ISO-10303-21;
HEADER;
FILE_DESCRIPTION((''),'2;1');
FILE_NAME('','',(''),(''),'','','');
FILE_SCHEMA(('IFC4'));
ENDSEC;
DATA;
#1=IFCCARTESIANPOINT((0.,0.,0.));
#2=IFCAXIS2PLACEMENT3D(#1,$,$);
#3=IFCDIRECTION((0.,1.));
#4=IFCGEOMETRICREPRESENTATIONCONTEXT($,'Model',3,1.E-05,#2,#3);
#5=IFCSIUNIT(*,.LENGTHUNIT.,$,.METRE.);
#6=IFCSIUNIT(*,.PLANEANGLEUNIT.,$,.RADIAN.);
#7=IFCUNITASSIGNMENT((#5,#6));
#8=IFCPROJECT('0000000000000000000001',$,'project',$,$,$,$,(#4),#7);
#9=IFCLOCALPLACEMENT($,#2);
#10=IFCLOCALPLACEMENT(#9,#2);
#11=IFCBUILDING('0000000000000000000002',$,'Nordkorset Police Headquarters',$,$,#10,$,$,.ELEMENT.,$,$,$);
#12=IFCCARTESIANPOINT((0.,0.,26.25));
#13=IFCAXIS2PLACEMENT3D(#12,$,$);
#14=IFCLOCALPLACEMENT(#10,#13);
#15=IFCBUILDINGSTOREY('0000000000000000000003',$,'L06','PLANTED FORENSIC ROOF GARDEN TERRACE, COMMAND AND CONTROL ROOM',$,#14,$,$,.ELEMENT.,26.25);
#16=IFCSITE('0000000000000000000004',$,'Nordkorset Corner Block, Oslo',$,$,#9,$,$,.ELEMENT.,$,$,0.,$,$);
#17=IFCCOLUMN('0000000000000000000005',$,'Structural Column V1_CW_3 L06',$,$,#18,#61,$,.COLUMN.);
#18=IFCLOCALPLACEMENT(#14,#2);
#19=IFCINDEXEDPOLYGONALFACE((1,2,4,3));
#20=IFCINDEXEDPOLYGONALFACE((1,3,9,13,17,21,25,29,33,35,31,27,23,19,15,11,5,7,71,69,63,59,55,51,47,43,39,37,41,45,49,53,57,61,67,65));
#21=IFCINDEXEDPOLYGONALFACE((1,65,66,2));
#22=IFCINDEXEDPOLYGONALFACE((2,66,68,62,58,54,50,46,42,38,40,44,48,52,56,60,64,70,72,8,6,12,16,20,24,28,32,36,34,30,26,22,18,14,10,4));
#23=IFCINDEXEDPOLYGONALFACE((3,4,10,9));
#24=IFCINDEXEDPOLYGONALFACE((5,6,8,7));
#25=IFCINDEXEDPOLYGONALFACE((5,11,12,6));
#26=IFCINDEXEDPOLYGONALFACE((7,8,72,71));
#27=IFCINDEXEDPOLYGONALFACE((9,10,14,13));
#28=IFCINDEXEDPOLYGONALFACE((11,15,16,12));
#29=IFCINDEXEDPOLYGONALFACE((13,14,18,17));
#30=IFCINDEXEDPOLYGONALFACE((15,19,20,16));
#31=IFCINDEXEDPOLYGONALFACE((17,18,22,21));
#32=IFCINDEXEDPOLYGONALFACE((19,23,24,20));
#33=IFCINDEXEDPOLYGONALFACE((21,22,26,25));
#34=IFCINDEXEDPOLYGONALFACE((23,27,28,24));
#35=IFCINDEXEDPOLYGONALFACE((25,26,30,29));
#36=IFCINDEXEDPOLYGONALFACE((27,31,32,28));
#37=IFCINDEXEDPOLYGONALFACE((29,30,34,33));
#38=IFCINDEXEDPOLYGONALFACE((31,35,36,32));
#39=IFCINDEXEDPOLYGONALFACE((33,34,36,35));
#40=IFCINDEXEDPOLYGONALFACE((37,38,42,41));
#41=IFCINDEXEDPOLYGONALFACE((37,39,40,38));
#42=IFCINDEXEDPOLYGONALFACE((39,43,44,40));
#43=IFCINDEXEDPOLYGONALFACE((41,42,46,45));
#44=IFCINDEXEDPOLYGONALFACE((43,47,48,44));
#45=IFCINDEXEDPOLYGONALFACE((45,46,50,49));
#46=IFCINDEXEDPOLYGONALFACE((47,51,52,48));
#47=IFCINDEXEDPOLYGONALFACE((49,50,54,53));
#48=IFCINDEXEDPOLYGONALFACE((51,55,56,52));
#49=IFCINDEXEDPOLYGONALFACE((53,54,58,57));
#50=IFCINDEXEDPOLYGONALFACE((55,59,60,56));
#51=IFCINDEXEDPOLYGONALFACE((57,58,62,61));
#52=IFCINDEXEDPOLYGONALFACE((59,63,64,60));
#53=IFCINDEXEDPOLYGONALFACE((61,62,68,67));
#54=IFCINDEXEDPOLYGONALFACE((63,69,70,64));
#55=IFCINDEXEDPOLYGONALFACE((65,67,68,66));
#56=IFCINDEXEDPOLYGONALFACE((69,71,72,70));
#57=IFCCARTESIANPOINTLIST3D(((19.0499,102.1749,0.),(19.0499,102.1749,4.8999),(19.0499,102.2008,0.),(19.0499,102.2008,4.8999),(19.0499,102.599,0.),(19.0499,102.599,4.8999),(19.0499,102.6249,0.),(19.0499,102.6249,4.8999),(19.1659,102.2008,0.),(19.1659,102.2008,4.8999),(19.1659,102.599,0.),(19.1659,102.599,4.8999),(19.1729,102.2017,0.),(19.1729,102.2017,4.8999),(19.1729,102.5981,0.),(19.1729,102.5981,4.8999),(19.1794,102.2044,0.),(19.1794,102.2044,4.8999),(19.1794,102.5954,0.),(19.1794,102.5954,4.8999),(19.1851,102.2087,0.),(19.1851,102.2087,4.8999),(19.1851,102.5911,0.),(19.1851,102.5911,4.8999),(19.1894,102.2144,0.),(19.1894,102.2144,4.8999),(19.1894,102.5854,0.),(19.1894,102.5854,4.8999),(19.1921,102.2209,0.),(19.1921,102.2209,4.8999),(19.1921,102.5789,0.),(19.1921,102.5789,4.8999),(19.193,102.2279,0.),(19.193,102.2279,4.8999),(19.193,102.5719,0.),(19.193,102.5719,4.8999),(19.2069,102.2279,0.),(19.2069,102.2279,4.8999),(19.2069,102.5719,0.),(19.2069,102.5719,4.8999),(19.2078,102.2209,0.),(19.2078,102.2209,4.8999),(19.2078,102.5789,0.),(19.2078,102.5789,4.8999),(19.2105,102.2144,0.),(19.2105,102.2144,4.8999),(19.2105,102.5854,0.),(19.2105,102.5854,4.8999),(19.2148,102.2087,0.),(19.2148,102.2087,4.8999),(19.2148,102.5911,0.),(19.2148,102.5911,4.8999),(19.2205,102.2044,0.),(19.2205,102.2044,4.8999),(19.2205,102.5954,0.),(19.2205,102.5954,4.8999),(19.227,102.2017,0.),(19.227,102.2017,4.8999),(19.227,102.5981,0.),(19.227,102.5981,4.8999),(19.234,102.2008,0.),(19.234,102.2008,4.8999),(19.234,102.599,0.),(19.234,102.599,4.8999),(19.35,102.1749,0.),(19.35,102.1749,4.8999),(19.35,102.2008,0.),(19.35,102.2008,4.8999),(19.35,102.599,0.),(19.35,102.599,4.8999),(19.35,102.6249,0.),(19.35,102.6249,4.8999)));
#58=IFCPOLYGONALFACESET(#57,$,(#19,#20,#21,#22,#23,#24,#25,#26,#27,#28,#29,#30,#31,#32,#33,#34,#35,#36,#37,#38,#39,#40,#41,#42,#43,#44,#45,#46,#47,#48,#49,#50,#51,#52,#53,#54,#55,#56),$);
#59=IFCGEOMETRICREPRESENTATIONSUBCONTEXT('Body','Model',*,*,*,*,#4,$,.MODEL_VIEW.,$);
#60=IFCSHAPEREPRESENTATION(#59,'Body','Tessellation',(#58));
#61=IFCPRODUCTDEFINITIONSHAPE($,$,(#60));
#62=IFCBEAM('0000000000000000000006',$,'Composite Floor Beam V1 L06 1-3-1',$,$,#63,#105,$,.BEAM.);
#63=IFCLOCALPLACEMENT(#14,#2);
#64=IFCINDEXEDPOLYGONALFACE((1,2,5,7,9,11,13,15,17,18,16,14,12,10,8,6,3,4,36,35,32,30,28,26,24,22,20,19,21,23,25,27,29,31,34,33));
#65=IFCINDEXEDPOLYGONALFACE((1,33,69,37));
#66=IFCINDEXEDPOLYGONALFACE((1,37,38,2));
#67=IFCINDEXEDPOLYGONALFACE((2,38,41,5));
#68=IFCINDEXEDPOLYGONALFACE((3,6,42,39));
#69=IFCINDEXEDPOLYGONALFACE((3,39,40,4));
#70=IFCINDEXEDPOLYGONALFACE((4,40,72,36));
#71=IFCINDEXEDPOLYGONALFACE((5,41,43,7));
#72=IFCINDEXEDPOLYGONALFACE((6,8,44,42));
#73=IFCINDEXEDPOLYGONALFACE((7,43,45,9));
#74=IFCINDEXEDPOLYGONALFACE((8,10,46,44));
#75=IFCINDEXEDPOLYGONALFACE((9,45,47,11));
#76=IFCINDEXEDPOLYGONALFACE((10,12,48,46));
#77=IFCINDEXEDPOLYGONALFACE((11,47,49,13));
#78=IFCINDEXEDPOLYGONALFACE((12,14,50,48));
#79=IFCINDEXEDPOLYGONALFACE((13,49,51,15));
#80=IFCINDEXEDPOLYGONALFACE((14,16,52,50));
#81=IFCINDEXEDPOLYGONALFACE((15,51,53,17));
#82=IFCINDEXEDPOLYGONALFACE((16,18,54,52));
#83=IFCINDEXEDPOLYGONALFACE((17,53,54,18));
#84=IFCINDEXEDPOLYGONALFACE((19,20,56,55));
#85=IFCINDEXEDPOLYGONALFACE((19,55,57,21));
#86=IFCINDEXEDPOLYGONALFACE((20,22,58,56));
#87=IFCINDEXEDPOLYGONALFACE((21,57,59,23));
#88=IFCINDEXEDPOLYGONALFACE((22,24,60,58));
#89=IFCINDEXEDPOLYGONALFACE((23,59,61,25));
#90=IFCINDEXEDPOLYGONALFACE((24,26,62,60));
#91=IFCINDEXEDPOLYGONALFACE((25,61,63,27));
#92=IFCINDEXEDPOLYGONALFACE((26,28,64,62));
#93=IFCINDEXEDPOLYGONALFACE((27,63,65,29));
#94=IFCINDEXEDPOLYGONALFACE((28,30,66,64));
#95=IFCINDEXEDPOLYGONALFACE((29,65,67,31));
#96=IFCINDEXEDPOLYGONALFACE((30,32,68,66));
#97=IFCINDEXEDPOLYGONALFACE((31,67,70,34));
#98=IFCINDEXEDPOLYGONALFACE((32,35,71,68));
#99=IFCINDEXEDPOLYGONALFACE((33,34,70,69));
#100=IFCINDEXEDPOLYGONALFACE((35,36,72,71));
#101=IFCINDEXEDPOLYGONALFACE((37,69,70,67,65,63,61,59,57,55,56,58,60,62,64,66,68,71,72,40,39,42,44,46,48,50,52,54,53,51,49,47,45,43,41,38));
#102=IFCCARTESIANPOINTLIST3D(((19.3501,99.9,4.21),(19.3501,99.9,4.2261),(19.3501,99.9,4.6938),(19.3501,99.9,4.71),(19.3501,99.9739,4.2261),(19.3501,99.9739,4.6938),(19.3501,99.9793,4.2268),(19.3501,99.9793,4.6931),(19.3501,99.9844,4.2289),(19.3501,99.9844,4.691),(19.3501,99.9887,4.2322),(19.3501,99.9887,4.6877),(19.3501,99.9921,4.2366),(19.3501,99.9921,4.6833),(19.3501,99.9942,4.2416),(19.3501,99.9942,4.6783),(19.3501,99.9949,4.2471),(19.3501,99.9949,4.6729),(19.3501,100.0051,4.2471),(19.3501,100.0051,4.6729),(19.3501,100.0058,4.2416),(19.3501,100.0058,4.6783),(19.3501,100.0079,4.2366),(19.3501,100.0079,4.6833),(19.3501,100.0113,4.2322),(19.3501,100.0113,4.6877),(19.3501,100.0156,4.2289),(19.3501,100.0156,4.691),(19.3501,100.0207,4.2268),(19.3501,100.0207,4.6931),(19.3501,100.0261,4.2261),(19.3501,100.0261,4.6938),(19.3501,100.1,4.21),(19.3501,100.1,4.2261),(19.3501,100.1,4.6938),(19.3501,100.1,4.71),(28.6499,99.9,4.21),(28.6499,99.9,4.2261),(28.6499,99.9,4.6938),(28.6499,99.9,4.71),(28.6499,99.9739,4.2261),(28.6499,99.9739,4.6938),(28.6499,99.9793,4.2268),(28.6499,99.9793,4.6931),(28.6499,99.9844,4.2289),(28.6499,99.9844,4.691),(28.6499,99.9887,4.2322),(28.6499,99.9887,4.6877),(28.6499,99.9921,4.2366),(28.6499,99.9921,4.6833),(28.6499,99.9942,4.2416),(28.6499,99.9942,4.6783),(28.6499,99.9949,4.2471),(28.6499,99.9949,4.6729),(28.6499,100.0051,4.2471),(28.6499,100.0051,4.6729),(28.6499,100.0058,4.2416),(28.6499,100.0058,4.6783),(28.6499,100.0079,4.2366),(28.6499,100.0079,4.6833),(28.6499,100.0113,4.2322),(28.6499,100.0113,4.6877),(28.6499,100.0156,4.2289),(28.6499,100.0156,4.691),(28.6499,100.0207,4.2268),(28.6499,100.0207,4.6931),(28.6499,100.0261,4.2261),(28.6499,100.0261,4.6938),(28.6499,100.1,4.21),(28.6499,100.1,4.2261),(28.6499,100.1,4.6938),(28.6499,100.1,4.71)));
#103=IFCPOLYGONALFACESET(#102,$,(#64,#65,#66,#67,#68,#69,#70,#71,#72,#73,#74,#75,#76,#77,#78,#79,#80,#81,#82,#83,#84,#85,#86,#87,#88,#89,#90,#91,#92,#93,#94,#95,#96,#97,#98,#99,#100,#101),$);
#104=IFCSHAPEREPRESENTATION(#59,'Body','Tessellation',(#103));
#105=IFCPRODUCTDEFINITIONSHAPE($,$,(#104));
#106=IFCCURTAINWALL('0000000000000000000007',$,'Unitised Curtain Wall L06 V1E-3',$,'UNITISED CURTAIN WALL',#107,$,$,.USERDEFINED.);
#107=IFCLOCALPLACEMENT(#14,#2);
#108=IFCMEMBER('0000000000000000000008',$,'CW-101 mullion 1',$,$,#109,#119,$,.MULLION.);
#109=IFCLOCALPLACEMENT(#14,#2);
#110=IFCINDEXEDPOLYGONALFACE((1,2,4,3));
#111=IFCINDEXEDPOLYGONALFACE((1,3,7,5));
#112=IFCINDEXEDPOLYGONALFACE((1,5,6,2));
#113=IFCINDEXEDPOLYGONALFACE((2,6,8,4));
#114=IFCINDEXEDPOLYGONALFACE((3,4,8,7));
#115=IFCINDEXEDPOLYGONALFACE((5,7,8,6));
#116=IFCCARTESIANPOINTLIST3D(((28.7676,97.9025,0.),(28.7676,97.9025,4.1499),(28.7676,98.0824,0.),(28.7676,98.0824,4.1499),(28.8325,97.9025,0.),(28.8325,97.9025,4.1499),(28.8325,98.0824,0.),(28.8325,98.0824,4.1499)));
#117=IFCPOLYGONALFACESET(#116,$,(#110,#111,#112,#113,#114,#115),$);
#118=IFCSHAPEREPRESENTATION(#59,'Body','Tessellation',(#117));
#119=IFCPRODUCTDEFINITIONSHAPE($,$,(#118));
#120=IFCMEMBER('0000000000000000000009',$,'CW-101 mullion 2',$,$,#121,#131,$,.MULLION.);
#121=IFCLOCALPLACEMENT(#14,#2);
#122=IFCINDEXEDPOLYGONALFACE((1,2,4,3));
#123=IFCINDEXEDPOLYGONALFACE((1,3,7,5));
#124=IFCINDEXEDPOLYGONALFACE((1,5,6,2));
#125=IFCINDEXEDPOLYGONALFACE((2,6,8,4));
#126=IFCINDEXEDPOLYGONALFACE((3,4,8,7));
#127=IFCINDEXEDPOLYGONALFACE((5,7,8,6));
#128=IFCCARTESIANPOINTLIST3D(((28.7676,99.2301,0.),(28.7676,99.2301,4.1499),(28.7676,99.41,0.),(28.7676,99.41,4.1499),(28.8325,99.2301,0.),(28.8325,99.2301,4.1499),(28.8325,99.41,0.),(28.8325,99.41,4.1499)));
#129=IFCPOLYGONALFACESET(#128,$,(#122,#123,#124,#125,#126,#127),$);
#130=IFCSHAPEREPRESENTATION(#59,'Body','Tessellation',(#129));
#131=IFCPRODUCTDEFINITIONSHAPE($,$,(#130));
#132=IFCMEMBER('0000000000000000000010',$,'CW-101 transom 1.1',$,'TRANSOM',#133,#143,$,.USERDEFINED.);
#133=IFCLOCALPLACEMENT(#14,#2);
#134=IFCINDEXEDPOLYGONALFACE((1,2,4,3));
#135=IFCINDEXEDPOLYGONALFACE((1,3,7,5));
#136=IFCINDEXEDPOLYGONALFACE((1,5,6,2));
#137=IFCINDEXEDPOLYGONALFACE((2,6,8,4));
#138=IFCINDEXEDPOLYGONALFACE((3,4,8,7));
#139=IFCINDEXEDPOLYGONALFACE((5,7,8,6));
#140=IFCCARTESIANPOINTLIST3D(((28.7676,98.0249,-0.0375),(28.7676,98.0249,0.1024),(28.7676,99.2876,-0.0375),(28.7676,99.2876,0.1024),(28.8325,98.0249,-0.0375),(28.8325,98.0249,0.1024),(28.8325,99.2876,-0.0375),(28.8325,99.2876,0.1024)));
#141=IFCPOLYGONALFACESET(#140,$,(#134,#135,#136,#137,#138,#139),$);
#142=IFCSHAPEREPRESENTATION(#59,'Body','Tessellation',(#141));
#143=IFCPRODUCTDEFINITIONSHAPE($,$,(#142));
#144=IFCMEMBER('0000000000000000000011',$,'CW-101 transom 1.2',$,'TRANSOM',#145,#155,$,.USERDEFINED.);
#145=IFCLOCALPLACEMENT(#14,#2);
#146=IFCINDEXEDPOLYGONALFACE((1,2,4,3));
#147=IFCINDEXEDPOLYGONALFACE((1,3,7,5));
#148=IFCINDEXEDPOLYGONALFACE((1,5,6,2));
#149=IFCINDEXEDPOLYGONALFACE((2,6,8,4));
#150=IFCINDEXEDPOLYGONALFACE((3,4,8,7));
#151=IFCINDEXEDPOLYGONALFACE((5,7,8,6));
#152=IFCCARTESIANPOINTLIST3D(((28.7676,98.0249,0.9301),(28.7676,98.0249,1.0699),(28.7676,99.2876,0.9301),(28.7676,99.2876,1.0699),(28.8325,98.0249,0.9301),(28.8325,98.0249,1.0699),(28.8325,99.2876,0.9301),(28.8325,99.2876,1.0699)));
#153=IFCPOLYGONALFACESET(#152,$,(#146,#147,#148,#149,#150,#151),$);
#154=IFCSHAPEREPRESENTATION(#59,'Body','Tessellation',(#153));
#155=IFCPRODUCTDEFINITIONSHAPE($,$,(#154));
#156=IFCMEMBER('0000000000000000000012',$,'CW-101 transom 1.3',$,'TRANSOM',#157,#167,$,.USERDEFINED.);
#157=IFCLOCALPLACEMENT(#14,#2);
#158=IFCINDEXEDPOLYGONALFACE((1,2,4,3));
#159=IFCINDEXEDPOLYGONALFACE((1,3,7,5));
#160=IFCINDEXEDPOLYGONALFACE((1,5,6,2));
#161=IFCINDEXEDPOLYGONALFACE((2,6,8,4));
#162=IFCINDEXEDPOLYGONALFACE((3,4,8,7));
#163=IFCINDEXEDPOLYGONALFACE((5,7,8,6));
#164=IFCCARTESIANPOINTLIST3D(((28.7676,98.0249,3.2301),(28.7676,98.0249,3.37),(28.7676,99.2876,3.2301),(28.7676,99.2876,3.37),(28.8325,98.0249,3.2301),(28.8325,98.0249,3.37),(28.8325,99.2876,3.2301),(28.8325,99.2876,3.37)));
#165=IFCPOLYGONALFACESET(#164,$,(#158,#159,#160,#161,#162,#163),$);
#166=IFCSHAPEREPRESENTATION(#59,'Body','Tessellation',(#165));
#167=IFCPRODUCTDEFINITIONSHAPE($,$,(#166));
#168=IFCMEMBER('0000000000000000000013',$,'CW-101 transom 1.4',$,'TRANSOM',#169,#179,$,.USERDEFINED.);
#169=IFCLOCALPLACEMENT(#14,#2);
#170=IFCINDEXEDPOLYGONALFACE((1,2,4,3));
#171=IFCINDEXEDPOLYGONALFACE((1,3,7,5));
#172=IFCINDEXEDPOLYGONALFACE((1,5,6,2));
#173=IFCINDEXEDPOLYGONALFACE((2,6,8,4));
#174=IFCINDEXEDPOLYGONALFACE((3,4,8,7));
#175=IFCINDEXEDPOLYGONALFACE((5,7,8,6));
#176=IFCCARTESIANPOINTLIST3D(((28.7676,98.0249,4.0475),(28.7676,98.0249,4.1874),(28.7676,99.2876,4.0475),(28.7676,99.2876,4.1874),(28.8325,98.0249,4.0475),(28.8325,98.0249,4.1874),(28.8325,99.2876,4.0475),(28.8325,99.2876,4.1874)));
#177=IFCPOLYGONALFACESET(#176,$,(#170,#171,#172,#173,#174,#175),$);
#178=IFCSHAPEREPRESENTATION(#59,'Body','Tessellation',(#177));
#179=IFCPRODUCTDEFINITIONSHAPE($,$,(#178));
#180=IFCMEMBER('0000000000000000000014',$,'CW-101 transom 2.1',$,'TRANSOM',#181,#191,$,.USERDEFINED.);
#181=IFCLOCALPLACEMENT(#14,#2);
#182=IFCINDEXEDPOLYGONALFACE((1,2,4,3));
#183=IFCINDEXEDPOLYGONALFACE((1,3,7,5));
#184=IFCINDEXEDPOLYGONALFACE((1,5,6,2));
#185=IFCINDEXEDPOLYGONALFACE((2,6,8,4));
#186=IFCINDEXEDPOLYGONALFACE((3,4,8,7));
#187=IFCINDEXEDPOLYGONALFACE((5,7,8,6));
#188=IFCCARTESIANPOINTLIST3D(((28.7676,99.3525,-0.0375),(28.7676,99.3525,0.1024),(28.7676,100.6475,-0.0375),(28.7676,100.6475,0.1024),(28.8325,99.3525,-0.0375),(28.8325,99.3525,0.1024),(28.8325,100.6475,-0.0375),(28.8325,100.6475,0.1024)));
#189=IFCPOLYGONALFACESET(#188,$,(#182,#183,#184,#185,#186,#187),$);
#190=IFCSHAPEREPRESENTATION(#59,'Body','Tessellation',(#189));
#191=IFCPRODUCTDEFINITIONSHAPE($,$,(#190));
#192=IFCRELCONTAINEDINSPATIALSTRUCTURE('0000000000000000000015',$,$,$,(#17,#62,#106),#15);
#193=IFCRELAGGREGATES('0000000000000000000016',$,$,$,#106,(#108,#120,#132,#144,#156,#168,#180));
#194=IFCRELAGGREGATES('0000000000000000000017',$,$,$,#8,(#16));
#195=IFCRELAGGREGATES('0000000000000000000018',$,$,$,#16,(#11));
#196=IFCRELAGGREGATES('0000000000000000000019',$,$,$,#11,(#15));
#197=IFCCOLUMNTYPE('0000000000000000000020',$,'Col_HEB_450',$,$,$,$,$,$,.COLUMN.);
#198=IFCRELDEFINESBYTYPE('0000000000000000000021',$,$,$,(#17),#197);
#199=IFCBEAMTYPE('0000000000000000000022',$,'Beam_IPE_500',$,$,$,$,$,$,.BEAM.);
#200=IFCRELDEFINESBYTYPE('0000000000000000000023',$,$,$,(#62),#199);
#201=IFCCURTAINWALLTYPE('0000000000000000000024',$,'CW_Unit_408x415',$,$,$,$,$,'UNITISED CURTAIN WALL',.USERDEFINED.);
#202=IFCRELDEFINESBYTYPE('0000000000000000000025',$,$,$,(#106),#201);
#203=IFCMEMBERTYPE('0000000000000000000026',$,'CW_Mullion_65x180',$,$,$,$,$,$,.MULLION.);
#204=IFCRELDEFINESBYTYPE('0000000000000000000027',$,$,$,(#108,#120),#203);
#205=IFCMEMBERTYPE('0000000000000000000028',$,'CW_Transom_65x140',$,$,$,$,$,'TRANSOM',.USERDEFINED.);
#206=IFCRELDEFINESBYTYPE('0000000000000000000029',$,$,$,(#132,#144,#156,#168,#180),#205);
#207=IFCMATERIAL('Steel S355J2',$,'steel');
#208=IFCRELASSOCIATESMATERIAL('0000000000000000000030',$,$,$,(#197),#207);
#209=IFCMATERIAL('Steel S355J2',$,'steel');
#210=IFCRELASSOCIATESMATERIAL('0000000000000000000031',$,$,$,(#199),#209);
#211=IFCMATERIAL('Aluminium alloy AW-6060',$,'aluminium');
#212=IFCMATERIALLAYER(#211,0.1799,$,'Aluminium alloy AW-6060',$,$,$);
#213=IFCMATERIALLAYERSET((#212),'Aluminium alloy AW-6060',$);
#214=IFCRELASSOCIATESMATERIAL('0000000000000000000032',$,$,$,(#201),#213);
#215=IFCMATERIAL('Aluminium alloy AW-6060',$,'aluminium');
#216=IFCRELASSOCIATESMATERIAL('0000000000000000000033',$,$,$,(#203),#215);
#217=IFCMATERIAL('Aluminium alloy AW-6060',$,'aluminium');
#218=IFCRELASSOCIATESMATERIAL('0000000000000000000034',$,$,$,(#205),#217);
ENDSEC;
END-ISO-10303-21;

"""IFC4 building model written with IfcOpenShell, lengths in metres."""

from ifc_helpers import new_model, si_unit, direction, frame, origin, origin_2d, place, context, subcontext, project, spatial, rectangle, i_section, extrude, material, layer, layer_set, material_profile, profile_set, type_object, element, aggregate, save


model = new_model("IFC4")

# Units and contexts
model_context = context("Model", 3, precision=1e-05, world=origin(), true_north=direction((0.0, 1.0)))
body_context = subcontext(model_context, "Body", "Model", "MODEL_VIEW")
ifc_project = project(units=[si_unit("LENGTHUNIT", "METRE"), si_unit("PLANEANGLEUNIT", "RADIAN")], contexts=[model_context])

# Site, building, storey
site_placement = place(None, origin())
site = spatial("IfcSite", under=ifc_project, at=site_placement, Name="Nordkorset Corner Block, Oslo", CompositionType="ELEMENT", RefElevation=0.0)
building_placement = place(site_placement, origin())
building = spatial("IfcBuilding", under=site, at=building_placement, Name="Nordkorset Police Headquarters", CompositionType="ELEMENT")
storey_placement = place(building_placement, frame((0.0, 0.0, 26.25)))
storey = spatial("IfcBuildingStorey", under=building, at=storey_placement, Name="L06", Description="PLANTED FORENSIC ROOF GARDEN TERRACE, COMMAND AND CONTROL ROOM", CompositionType="ELEMENT", Elevation=26.25)

# Column
ifc_material_1 = material(Name="Steel S355J2", Category="steel")
ifc_material_profile_1 = material_profile(ifc_material_1, i_section(OverallWidth=0.3, OverallDepth=0.45, WebThickness=0.0139, FlangeThickness=0.0259, FilletRadius=0.0271, at=origin_2d()), Name="HEB 450")
ifc_profile_set_1 = profile_set([ifc_material_profile_1], Name="Steel S355J2")
column_type = type_object("IfcColumnType", Name="Col_HEB_450", PredefinedType="COLUMN", material=ifc_profile_set_1)
column_placement = place(storey_placement, frame((19.2, 102.3999, 0.0), z_axis=(0.0, 0.0, 1.0), x_axis=(1.0, 0.0, 0.0)))
element("IfcColumn", 1, at=column_placement, inside=storey, type_object=column_type, Name="Structural Column V1_CW_3 L06", PredefinedType="COLUMN", context=body_context, shape_type="SweptSolid", body=[
    extrude(i_section(OverallWidth=0.3, OverallDepth=0.45, WebThickness=0.0139, FlangeThickness=0.0259, FilletRadius=0.0271, at=origin_2d()), origin(), (0.0, 0.0, 1.0), 4.8999),
])

# Beam
ifc_material_2 = material(Name="Steel S355J2", Category="steel")
ifc_material_profile_2 = material_profile(ifc_material_2, i_section(OverallWidth=0.2, OverallDepth=0.5, WebThickness=0.0103, FlangeThickness=0.0161, FilletRadius=0.021, at=origin_2d()), Name="IPE 500")
ifc_profile_set_2 = profile_set([ifc_material_profile_2], Name="Steel S355J2")
beam_type_1 = type_object("IfcBeamType", Name="Beam_IPE_500", PredefinedType="BEAM", material=ifc_profile_set_2)
beam_1_placement = place(storey_placement, frame((19.3501, 100.0, 4.46), z_axis=(1.0, 0.0, 0.0), x_axis=(0.0, 1.0, 0.0)))
element("IfcBeam", 2, at=beam_1_placement, inside=storey, type_object=beam_type_1, Name="Composite Floor Beam V1 L06 1-3-1", PredefinedType="BEAM", context=body_context, shape_type="SweptSolid", body=[
    extrude(i_section(OverallWidth=0.2, OverallDepth=0.5, WebThickness=0.0103, FlangeThickness=0.0161, FilletRadius=0.021, at=origin_2d()), origin(), (0.0, 0.0, 1.0), 9.2998),
])

# Curtain wall, members
ifc_material_3 = material(Name="Aluminium alloy AW-6060", Category="aluminium")
ifc_layer_1 = layer(ifc_material_3, 0.1799, Name="Aluminium alloy AW-6060")
ifc_layer_set_1 = layer_set([ifc_layer_1], Name="Aluminium alloy AW-6060")
curtain_wall_type = type_object("IfcCurtainWallType", Name="CW_Unit_408x415", ElementType="UNITISED CURTAIN WALL", PredefinedType="USERDEFINED", material=ifc_layer_set_1)
curtain_wall_placement = place(storey_placement, origin())
curtain_wall = element("IfcCurtainWall", 3, at=curtain_wall_placement, inside=storey, type_object=curtain_wall_type, Name="Unitised Curtain Wall L06 V1E-3", ObjectType="UNITISED CURTAIN WALL", PredefinedType="USERDEFINED")
ifc_material_4 = material(Name="Aluminium alloy AW-6060", Category="aluminium")
ifc_material_profile_3 = material_profile(ifc_material_4, rectangle(XDim=0.0649, YDim=0.1799, at=origin_2d()), Name="ALU MULL 65x180")
ifc_profile_set_3 = profile_set([ifc_material_profile_3], Name="Aluminium alloy AW-6060")
member_type_1 = type_object("IfcMemberType", Name="CW_Mullion_65x180", PredefinedType="MULLION", material=ifc_profile_set_3)
member_1_placement = place(storey_placement, frame((28.8, 97.9924, 0.0), z_axis=(0.0, 0.0, 1.0), x_axis=(-1.0, 0.0, 0.0)))
member_1 = element("IfcMember", 4, at=member_1_placement, type_object=member_type_1, Name="CW-101 mullion 1", PredefinedType="MULLION", context=body_context, shape_type="SweptSolid", body=[
    extrude(rectangle(XDim=0.0649, YDim=0.1799, at=origin_2d()), origin(), (0.0, 0.0, 1.0), 4.1499),
])
member_2_placement = place(storey_placement, frame((28.8, 99.3201, 0.0), z_axis=(0.0, 0.0, 1.0), x_axis=(-1.0, 0.0, 0.0)))
member_2 = element("IfcMember", 5, at=member_2_placement, type_object=member_type_1, Name="CW-101 mullion 2", PredefinedType="MULLION", context=body_context, shape_type="SweptSolid", body=[
    extrude(rectangle(XDim=0.0649, YDim=0.1799, at=origin_2d()), origin(), (0.0, 0.0, 1.0), 4.1499),
])
ifc_material_5 = material(Name="Aluminium alloy AW-6060", Category="aluminium")
ifc_material_profile_4 = material_profile(ifc_material_5, rectangle(XDim=0.0649, YDim=0.1399, at=origin_2d()), Name="ALU TRAN 65x140")
ifc_profile_set_4 = profile_set([ifc_material_profile_4], Name="Aluminium alloy AW-6060")
member_type_2 = type_object("IfcMemberType", Name="CW_Transom_65x140", ElementType="TRANSOM", PredefinedType="USERDEFINED", material=ifc_profile_set_4)
member_3_placement = place(storey_placement, frame((28.8, 98.0249, 0.0325), z_axis=(0.0, 1.0, 0.0), x_axis=(-1.0, 0.0, 0.0)))
member_3 = element("IfcMember", 6, at=member_3_placement, type_object=member_type_2, Name="CW-101 transom 1.1", ObjectType="TRANSOM", PredefinedType="USERDEFINED", context=body_context, shape_type="SweptSolid", body=[
    extrude(rectangle(XDim=0.0649, YDim=0.1399, at=origin_2d()), origin(), (0.0, 0.0, 1.0), 1.2627),
])
member_4_placement = place(storey_placement, frame((28.8, 98.0249, 1.0), z_axis=(0.0, 1.0, 0.0), x_axis=(-1.0, 0.0, 0.0)))
member_4 = element("IfcMember", 7, at=member_4_placement, type_object=member_type_2, Name="CW-101 transom 1.2", ObjectType="TRANSOM", PredefinedType="USERDEFINED", context=body_context, shape_type="SweptSolid", body=[
    extrude(rectangle(XDim=0.0649, YDim=0.1399, at=origin_2d()), origin(), (0.0, 0.0, 1.0), 1.2627),
])
member_5_placement = place(storey_placement, frame((28.8, 98.0249, 3.3), z_axis=(0.0, 1.0, 0.0), x_axis=(-1.0, 0.0, 0.0)))
member_5 = element("IfcMember", 8, at=member_5_placement, type_object=member_type_2, Name="CW-101 transom 1.3", ObjectType="TRANSOM", PredefinedType="USERDEFINED", context=body_context, shape_type="SweptSolid", body=[
    extrude(rectangle(XDim=0.0649, YDim=0.1399, at=origin_2d()), origin(), (0.0, 0.0, 1.0), 1.2627),
])
member_6_placement = place(storey_placement, frame((28.8, 98.0249, 4.1174), z_axis=(0.0, 1.0, 0.0), x_axis=(-1.0, 0.0, 0.0)))
member_6 = element("IfcMember", 9, at=member_6_placement, type_object=member_type_2, Name="CW-101 transom 1.4", ObjectType="TRANSOM", PredefinedType="USERDEFINED", context=body_context, shape_type="SweptSolid", body=[
    extrude(rectangle(XDim=0.0649, YDim=0.1399, at=origin_2d()), origin(), (0.0, 0.0, 1.0), 1.2627),
])
member_7_placement = place(storey_placement, frame((28.8, 99.3525, 0.0325), z_axis=(0.0, 1.0, 0.0), x_axis=(-1.0, 0.0, 0.0)))
member_7 = element("IfcMember", 10, at=member_7_placement, type_object=member_type_2, Name="CW-101 transom 2.1", ObjectType="TRANSOM", PredefinedType="USERDEFINED", context=body_context, shape_type="SweptSolid", body=[
    extrude(rectangle(XDim=0.0649, YDim=0.1399, at=origin_2d()), origin(), (0.0, 0.0, 1.0), 1.2949),
])

aggregate(curtain_wall, [member_1, member_2, member_3, member_4, member_5, member_6, member_7])

save(model, "model.ifc")
